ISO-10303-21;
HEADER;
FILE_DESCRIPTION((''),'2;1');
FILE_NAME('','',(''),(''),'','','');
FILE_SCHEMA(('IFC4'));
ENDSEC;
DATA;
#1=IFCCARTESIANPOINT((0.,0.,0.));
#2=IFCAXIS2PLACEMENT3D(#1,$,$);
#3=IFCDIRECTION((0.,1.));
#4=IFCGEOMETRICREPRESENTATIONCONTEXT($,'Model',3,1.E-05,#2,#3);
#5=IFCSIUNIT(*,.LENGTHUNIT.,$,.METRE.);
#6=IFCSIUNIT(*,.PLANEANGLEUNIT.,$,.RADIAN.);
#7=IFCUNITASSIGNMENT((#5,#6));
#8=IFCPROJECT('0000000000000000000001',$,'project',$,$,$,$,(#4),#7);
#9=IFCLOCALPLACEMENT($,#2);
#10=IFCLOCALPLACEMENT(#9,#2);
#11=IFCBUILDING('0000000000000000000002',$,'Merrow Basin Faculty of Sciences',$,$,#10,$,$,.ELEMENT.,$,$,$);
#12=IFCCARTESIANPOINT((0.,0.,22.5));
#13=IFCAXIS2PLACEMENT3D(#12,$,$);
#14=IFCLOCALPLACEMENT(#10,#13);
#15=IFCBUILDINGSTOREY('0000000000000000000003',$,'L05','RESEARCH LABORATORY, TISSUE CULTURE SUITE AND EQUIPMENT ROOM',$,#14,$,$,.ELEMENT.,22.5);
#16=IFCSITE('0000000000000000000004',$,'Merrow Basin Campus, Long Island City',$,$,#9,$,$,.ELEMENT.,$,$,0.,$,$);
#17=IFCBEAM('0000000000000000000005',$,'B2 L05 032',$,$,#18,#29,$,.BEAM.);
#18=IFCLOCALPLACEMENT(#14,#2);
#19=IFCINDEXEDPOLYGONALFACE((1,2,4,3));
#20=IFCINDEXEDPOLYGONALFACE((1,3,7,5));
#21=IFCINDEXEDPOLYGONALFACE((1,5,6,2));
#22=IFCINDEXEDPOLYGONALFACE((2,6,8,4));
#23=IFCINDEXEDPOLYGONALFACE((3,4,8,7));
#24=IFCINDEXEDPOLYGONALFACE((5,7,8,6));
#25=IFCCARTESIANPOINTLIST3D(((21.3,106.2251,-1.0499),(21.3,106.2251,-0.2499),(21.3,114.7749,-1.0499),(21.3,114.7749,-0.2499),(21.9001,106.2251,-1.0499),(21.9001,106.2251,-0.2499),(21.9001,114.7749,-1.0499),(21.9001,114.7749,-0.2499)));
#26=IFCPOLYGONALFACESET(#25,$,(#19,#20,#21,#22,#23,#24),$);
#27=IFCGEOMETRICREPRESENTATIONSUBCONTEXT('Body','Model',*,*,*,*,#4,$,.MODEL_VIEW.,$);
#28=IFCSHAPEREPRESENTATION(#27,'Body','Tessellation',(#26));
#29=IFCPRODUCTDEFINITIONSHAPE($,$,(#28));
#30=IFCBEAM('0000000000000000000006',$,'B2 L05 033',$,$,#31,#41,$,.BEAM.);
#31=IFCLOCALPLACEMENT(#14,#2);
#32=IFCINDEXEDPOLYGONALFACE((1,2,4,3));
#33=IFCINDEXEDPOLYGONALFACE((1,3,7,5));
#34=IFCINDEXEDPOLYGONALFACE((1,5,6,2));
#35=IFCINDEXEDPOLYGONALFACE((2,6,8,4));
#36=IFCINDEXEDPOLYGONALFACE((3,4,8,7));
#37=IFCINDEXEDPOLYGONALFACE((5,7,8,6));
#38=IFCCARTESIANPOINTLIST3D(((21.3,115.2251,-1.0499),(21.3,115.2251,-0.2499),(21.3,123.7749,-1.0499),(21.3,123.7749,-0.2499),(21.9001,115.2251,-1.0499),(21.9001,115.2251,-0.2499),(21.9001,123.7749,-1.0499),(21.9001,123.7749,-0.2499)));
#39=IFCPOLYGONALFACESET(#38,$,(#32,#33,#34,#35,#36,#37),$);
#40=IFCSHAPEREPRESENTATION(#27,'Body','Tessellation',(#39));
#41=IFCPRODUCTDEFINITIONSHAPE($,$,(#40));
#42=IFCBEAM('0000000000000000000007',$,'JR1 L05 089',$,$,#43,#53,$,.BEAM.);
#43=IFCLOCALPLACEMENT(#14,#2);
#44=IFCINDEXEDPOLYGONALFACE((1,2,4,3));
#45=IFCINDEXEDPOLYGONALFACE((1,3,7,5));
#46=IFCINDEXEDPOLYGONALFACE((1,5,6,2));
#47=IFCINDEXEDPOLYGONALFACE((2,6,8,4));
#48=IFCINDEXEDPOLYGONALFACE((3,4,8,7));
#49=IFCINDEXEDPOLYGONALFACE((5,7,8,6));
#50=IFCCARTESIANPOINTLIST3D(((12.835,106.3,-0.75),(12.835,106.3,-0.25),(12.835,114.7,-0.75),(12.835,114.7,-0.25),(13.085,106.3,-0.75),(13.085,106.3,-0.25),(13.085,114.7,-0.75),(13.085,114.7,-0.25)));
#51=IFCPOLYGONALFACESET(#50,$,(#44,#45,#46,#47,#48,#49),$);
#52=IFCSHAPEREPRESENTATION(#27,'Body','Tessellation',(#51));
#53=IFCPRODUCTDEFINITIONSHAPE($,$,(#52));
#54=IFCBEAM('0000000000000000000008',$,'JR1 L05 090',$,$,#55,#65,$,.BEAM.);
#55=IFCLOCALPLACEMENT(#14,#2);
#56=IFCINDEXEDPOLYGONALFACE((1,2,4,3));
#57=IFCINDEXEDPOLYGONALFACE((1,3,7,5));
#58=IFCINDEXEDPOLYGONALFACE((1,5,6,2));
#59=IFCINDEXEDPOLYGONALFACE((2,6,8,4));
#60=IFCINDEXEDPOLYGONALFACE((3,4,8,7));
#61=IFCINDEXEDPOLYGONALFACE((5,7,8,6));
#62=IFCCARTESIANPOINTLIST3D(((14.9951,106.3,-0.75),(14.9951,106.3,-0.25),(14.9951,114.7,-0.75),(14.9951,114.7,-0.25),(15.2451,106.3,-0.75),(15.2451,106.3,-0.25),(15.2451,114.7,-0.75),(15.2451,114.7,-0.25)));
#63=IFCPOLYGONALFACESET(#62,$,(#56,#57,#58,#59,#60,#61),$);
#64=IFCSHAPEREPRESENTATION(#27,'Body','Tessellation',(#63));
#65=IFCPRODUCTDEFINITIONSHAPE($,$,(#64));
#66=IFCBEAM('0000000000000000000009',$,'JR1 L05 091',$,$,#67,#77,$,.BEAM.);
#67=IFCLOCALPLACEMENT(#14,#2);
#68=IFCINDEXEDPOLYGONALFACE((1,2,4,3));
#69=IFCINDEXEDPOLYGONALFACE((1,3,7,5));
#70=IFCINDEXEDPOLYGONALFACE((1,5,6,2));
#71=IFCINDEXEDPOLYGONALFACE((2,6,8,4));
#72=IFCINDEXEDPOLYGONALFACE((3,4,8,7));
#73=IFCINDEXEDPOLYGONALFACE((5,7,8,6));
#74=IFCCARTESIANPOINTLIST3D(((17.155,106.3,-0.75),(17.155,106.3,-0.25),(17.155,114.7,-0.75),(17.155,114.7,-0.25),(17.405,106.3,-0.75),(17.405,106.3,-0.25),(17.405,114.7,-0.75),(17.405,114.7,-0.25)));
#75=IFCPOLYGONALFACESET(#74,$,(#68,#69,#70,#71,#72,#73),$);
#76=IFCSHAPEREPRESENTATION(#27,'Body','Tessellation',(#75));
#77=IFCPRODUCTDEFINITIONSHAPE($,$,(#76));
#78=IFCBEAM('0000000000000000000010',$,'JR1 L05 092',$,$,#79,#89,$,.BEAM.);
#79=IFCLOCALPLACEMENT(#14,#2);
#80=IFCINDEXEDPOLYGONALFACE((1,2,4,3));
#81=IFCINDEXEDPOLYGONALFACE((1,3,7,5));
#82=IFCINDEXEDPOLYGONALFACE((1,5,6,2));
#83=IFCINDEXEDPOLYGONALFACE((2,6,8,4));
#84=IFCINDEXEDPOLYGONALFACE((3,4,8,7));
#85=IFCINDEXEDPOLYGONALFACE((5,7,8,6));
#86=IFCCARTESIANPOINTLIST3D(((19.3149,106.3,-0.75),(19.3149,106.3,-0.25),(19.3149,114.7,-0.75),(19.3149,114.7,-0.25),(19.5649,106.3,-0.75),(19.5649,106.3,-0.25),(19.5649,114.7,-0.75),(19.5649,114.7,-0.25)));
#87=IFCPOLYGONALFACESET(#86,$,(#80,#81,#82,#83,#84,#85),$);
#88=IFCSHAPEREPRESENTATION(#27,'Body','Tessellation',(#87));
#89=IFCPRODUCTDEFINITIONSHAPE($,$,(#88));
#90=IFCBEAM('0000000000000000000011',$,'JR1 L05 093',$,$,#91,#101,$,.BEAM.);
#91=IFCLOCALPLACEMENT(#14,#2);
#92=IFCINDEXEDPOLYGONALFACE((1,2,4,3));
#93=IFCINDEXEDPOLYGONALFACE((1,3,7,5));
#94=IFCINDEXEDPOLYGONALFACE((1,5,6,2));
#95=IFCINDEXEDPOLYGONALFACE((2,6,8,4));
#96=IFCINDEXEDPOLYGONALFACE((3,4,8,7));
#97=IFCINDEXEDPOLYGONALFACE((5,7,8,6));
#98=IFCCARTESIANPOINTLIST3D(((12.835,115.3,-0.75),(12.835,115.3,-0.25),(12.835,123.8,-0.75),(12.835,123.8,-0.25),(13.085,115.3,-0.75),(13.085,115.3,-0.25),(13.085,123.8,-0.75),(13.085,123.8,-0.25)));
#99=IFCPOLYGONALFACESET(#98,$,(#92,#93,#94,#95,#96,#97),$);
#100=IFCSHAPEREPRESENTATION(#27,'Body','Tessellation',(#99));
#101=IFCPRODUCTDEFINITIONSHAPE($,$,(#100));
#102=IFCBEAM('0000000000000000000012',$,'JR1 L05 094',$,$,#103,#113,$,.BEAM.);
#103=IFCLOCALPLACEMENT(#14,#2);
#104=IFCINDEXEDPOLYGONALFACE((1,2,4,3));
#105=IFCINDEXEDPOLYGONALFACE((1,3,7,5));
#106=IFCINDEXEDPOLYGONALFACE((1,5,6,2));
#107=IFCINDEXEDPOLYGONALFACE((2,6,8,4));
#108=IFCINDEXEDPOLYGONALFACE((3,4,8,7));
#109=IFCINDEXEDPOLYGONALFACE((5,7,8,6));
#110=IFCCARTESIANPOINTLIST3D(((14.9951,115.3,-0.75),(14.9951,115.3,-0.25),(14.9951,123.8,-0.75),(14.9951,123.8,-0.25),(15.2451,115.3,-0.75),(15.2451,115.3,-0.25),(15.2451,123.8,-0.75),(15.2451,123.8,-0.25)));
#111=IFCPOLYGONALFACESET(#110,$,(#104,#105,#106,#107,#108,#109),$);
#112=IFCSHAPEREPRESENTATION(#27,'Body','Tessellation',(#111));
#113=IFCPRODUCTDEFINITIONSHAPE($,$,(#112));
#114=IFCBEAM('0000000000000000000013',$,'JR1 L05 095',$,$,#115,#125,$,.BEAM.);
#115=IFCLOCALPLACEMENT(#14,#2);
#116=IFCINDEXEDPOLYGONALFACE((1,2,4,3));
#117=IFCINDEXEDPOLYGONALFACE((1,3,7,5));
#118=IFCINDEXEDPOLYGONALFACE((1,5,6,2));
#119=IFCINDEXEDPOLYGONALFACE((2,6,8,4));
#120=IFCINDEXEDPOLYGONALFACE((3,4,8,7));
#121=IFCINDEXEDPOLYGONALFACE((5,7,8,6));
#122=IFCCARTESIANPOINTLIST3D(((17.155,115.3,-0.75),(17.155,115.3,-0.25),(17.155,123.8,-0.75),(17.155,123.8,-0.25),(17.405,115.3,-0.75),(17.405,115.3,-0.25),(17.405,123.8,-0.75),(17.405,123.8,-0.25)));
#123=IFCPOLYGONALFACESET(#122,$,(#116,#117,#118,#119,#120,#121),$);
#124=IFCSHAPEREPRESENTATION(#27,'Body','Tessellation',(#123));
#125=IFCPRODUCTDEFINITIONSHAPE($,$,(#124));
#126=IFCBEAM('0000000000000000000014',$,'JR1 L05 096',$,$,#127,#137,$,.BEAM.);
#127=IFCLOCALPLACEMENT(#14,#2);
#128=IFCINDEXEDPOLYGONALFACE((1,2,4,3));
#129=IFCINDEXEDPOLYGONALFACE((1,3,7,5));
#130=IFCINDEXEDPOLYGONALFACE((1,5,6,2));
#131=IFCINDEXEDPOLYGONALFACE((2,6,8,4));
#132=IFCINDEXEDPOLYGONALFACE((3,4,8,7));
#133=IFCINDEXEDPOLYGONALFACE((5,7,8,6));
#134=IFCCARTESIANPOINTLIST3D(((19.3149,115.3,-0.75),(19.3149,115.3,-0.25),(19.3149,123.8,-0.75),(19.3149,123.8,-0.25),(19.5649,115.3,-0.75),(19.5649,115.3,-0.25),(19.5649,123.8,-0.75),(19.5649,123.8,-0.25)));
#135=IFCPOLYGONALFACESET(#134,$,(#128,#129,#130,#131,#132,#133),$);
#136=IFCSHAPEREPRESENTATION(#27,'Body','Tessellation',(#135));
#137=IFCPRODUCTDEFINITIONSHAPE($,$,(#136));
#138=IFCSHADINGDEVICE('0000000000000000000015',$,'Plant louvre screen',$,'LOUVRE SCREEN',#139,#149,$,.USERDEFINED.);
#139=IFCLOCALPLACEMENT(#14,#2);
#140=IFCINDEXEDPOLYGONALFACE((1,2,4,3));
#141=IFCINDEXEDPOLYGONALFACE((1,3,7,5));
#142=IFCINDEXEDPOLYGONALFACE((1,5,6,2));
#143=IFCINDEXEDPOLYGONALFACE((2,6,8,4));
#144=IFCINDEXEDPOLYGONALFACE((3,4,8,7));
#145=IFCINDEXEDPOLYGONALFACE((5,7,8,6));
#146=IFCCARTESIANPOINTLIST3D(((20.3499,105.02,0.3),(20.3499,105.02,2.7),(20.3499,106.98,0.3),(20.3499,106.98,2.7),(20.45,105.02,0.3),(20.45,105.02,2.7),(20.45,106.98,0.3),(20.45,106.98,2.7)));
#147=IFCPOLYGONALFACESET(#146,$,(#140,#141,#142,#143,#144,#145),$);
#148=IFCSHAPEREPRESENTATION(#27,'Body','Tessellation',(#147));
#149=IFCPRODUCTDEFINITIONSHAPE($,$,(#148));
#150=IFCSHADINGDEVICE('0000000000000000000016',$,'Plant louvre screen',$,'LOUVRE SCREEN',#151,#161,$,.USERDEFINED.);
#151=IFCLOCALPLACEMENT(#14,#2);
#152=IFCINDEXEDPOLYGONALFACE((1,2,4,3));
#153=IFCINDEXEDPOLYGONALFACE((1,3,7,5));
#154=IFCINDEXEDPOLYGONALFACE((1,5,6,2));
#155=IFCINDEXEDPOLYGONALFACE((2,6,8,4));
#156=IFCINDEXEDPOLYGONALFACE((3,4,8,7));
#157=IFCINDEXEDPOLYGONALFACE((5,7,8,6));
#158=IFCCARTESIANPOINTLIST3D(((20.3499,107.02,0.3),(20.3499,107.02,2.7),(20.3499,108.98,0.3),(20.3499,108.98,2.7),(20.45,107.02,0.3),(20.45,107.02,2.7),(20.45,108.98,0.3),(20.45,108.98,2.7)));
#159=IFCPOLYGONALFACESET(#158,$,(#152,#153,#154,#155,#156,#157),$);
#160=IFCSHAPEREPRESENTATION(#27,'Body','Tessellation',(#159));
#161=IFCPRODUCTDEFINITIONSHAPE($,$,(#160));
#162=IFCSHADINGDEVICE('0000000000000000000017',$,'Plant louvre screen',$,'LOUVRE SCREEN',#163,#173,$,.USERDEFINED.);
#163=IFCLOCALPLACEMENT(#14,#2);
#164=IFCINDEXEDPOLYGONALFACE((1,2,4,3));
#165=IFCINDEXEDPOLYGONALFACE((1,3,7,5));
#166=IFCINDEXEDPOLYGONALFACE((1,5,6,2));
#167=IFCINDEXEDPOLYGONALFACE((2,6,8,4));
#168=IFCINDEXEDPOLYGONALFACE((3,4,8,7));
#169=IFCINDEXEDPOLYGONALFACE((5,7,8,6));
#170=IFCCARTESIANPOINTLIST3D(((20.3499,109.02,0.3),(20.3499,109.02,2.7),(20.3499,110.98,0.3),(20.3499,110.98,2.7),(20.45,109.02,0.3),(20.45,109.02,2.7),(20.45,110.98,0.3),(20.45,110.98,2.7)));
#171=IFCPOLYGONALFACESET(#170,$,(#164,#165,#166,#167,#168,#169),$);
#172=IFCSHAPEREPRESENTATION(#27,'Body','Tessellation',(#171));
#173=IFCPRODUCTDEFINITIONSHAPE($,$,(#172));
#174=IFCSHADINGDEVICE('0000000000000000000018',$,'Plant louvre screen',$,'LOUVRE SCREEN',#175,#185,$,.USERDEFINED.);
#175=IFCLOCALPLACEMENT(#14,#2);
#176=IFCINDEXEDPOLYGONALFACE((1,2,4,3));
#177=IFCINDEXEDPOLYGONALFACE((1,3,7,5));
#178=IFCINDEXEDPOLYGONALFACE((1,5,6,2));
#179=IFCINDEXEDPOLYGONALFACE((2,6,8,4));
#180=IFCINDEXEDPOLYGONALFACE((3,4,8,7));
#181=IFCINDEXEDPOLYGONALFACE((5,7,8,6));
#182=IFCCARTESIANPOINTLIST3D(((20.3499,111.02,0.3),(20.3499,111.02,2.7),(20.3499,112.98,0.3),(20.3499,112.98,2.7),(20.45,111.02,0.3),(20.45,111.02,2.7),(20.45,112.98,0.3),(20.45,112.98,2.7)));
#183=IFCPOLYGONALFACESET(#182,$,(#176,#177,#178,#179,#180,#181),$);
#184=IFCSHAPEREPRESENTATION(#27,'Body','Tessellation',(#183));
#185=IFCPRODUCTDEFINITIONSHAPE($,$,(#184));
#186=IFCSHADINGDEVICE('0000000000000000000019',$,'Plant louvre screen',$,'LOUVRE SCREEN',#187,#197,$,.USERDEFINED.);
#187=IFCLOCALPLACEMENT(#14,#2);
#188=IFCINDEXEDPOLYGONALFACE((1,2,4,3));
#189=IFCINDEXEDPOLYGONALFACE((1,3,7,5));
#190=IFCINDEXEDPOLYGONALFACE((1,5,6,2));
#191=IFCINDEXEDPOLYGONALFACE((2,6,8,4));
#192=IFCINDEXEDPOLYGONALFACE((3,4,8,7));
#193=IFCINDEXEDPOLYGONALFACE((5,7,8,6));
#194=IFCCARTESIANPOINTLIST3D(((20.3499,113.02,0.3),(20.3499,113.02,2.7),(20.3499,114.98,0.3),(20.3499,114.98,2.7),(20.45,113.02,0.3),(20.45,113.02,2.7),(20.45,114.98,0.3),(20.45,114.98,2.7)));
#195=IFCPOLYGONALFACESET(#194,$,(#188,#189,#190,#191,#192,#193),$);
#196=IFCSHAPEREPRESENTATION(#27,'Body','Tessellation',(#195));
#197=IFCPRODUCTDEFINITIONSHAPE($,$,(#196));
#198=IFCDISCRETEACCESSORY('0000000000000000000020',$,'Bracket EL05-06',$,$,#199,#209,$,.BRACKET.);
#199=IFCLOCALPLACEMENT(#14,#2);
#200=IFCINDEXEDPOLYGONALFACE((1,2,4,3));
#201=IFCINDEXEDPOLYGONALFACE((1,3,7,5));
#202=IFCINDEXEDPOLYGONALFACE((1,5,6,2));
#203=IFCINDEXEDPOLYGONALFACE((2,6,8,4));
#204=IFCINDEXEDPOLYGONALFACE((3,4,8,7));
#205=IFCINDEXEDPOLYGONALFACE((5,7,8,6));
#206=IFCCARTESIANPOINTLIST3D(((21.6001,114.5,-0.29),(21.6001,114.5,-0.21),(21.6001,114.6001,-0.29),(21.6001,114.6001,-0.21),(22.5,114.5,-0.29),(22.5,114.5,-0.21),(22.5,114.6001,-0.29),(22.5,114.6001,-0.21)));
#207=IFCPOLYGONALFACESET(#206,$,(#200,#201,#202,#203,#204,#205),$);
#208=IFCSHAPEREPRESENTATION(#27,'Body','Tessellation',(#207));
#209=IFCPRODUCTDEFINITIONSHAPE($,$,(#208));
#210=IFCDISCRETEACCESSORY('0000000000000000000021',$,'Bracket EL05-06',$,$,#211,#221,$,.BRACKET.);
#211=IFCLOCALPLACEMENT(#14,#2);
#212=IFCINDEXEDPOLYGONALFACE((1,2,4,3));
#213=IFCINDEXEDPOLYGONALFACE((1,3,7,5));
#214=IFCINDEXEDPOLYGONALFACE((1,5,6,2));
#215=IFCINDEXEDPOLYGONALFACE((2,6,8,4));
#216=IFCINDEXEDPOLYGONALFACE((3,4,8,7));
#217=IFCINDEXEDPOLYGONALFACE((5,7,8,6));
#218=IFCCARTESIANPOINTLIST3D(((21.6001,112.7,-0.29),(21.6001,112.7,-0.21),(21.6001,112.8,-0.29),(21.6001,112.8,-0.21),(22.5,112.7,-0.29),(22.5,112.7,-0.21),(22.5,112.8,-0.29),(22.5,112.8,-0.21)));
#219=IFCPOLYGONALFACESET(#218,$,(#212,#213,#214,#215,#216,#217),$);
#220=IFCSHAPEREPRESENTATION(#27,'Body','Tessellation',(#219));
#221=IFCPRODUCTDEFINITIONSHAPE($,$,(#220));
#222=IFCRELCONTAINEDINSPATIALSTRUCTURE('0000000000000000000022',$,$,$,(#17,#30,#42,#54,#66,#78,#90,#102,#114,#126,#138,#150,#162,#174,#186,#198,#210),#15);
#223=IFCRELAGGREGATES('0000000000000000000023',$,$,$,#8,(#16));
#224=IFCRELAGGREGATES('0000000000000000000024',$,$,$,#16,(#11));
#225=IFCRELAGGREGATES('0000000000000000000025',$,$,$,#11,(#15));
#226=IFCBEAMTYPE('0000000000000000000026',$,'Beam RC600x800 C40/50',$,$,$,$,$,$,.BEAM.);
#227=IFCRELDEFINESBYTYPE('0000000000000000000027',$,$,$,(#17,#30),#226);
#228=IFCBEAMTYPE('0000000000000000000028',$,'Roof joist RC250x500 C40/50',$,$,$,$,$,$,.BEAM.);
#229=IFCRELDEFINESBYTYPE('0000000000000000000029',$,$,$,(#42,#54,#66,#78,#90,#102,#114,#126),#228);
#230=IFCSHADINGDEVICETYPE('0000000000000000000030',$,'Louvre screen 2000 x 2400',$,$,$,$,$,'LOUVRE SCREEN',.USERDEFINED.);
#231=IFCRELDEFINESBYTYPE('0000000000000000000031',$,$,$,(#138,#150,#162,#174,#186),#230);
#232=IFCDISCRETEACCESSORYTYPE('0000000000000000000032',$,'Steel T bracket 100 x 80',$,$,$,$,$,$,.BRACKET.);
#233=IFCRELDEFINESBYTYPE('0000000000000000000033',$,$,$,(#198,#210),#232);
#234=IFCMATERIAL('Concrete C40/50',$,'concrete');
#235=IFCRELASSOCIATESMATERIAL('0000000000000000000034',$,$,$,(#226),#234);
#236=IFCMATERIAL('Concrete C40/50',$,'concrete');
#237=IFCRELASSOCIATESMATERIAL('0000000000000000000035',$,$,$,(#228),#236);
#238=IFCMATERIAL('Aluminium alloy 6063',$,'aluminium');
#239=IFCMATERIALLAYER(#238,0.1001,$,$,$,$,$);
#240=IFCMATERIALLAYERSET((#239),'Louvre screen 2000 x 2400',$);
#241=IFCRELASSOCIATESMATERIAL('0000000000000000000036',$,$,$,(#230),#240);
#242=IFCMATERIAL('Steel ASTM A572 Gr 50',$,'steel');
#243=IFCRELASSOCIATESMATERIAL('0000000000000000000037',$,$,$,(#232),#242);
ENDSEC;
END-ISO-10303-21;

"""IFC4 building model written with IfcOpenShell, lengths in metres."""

from ifc_helpers import new_model, si_unit, direction, frame, origin, origin_2d, place, context, subcontext, project, spatial, polyline, rectangle, outline, extrude, source, transform, mapped, material, layer, layer_set, material_profile, profile_set, type_object, element, save


model = new_model("IFC4")

# Units and contexts
model_context = context("Model", 3, precision=1e-05, world=origin(), true_north=direction((0.0, 1.0)))
body_context = subcontext(model_context, "Body", "Model", "MODEL_VIEW")
ifc_project = project(units=[si_unit("LENGTHUNIT", "METRE"), si_unit("PLANEANGLEUNIT", "RADIAN")], contexts=[model_context])

# Site, building, storey
site_placement = place(None, origin())
site = spatial("IfcSite", under=ifc_project, at=site_placement, Name="Merrow Basin Campus, Long Island City", CompositionType="ELEMENT", RefElevation=0.0)
building_placement = place(site_placement, origin())
building = spatial("IfcBuilding", under=site, at=building_placement, Name="Merrow Basin Faculty of Sciences", CompositionType="ELEMENT")
storey_placement = place(building_placement, frame((0.0, 0.0, 22.5)))
storey = spatial("IfcBuildingStorey", under=building, at=storey_placement, Name="L05", Description="RESEARCH LABORATORY, TISSUE CULTURE SUITE AND EQUIPMENT ROOM", CompositionType="ELEMENT", Elevation=22.5)

# Beams
ifc_material_1 = material(Name="Concrete C40/50", Category="concrete")
ifc_material_profile_1 = material_profile(ifc_material_1, rectangle(XDim=0.6001, YDim=0.8, at=origin_2d()))
ifc_profile_set_1 = profile_set([ifc_material_profile_1], Name="Concrete C40/50")
beam_type_1 = type_object("IfcBeamType", Name="Beam RC600x800 C40/50", PredefinedType="BEAM", material=ifc_profile_set_1)
for number, where, z_axis, x_axis, name in (
    (1, (21.6001, 106.2251, -0.6499), (0.0, 1.0, 0.0), (-1.0, 0.0, 0.0), "B2 L05 032"),
    (2, (21.6001, 115.2251, -0.6499), (0.0, 1.0, 0.0), (-1.0, 0.0, 0.0), "B2 L05 033"),
):
    element("IfcBeam", number, at=place(storey_placement, frame(where, z_axis=z_axis, x_axis=x_axis)), inside=storey, type_object=beam_type_1, Name=name, PredefinedType="BEAM", context=body_context, shape_type="SweptSolid", body=[
        extrude(rectangle(XDim=0.6001, YDim=0.8, at=origin_2d()), origin(), (0.0, 0.0, 1.0), 8.5498),
    ])
ifc_material_2 = material(Name="Concrete C40/50", Category="concrete")
ifc_material_profile_2 = material_profile(ifc_material_2, rectangle(XDim=0.25, YDim=0.5, at=origin_2d()))
ifc_profile_set_2 = profile_set([ifc_material_profile_2], Name="Concrete C40/50")
beam_type_2 = type_object("IfcBeamType", Name="Roof joist RC250x500 C40/50", PredefinedType="BEAM", material=ifc_profile_set_2)
for number, where, z_axis, x_axis, name in (
    (3, (12.96, 106.3, -0.5), (0.0, 1.0, 0.0), (-1.0, 0.0, 0.0), "JR1 L05 089"),
    (4, (15.1201, 106.3, -0.5), (0.0, 1.0, 0.0), (-1.0, 0.0, 0.0), "JR1 L05 090"),
    (5, (17.28, 106.3, -0.5), (0.0, 1.0, 0.0), (-1.0, 0.0, 0.0), "JR1 L05 091"),
    (6, (19.4399, 106.3, -0.5), (0.0, 1.0, 0.0), (-1.0, 0.0, 0.0), "JR1 L05 092"),
):
    element("IfcBeam", number, at=place(storey_placement, frame(where, z_axis=z_axis, x_axis=x_axis)), inside=storey, type_object=beam_type_2, Name=name, PredefinedType="BEAM", context=body_context, shape_type="SweptSolid", body=[
        extrude(rectangle(XDim=0.25, YDim=0.5, at=origin_2d()), origin(), (0.0, 0.0, 1.0), 8.3999),
    ])
for number, where, z_axis, x_axis, name in (
    (7, (12.96, 115.3, -0.5), (0.0, 1.0, 0.0), (-1.0, 0.0, 0.0), "JR1 L05 093"),
    (8, (15.1201, 115.3, -0.5), (0.0, 1.0, 0.0), (-1.0, 0.0, 0.0), "JR1 L05 094"),
    (9, (17.28, 115.3, -0.5), (0.0, 1.0, 0.0), (-1.0, 0.0, 0.0), "JR1 L05 095"),
    (10, (19.4399, 115.3, -0.5), (0.0, 1.0, 0.0), (-1.0, 0.0, 0.0), "JR1 L05 096"),
):
    element("IfcBeam", number, at=place(storey_placement, frame(where, z_axis=z_axis, x_axis=x_axis)), inside=storey, type_object=beam_type_2, Name=name, PredefinedType="BEAM", context=body_context, shape_type="SweptSolid", body=[
        extrude(rectangle(XDim=0.25, YDim=0.5, at=origin_2d()), origin(), (0.0, 0.0, 1.0), 8.5),
    ])

# Shading devices
ifc_material_3 = material(Name="Aluminium alloy 6063", Category="aluminium")
ifc_layer_1 = layer(ifc_material_3, 0.1001)
ifc_layer_set_1 = layer_set([ifc_layer_1], Name="Louvre screen 2000 x 2400")
shading_device_type = type_object("IfcShadingDeviceType", Name="Louvre screen 2000 x 2400", ElementType="LOUVRE SCREEN", PredefinedType="USERDEFINED", material=ifc_layer_set_1)
for number, where, z_axis, x_axis, name in (
    (11, (20.3999, 106.0, 0.3), (0.0, 0.0, 1.0), (0.0, 1.0, 0.0), "Plant louvre screen"),
    (12, (20.3999, 108.0, 0.3), (0.0, 0.0, 1.0), (0.0, 1.0, 0.0), "Plant louvre screen"),
    (13, (20.3999, 110.0, 0.3), (0.0, 0.0, 1.0), (0.0, 1.0, 0.0), "Plant louvre screen"),
    (14, (20.3999, 112.0, 0.3), (0.0, 0.0, 1.0), (0.0, 1.0, 0.0), "Plant louvre screen"),
    (15, (20.3999, 114.0, 0.3), (0.0, 0.0, 1.0), (0.0, 1.0, 0.0), "Plant louvre screen"),
):
    element("IfcShadingDevice", number, at=place(storey_placement, frame(where, z_axis=z_axis, x_axis=x_axis)), inside=storey, type_object=shading_device_type, Name=name, ObjectType="LOUVRE SCREEN", PredefinedType="USERDEFINED", context=body_context, shape_type="SweptSolid", body=[
        extrude(rectangle(XDim=1.96, YDim=0.1001, at=origin_2d()), origin(), (0.0, 0.0, 1.0), 2.3999),
    ])

# Discrete accessories
ifc_material_4 = material(Name="Steel ASTM A572 Gr 50", Category="steel")
discrete_accessory_type = type_object("IfcDiscreteAccessoryType", Name="Steel T bracket 100 x 80", PredefinedType="BRACKET", material=ifc_material_4)
shared_shape_1 = source(origin(), body_context, "Body", "SweptSolid", [
    extrude(outline(polyline([(0.0, 0.0), (0.1001, 0.0), (0.1001, 0.0801), (0.0, 0.0801), (0.0, 0.0)])), origin(), (0.0, 0.0, 1.0), 0.8999),
])
for number, where, z_axis, x_axis, name in (
    (16, (22.5, 114.6001, -0.29), (-1.0, 0.0, 0.0), (0.0, -1.0, 0.0), "Bracket EL05-06"),
    (17, (22.5, 112.8, -0.29), (-1.0, 0.0, 0.0), (0.0, -1.0, 0.0), "Bracket EL05-06"),
):
    element("IfcDiscreteAccessory", number, at=place(storey_placement, frame(where, z_axis=z_axis, x_axis=x_axis)), inside=storey, type_object=discrete_accessory_type, Name=name, PredefinedType="BRACKET", context=body_context, shape_type="MappedRepresentation", body=[
        mapped(shared_shape_1, transform((0.0, 0.0, 0.0), scale=1.0)),
    ])

save(model, "model.ifc")
